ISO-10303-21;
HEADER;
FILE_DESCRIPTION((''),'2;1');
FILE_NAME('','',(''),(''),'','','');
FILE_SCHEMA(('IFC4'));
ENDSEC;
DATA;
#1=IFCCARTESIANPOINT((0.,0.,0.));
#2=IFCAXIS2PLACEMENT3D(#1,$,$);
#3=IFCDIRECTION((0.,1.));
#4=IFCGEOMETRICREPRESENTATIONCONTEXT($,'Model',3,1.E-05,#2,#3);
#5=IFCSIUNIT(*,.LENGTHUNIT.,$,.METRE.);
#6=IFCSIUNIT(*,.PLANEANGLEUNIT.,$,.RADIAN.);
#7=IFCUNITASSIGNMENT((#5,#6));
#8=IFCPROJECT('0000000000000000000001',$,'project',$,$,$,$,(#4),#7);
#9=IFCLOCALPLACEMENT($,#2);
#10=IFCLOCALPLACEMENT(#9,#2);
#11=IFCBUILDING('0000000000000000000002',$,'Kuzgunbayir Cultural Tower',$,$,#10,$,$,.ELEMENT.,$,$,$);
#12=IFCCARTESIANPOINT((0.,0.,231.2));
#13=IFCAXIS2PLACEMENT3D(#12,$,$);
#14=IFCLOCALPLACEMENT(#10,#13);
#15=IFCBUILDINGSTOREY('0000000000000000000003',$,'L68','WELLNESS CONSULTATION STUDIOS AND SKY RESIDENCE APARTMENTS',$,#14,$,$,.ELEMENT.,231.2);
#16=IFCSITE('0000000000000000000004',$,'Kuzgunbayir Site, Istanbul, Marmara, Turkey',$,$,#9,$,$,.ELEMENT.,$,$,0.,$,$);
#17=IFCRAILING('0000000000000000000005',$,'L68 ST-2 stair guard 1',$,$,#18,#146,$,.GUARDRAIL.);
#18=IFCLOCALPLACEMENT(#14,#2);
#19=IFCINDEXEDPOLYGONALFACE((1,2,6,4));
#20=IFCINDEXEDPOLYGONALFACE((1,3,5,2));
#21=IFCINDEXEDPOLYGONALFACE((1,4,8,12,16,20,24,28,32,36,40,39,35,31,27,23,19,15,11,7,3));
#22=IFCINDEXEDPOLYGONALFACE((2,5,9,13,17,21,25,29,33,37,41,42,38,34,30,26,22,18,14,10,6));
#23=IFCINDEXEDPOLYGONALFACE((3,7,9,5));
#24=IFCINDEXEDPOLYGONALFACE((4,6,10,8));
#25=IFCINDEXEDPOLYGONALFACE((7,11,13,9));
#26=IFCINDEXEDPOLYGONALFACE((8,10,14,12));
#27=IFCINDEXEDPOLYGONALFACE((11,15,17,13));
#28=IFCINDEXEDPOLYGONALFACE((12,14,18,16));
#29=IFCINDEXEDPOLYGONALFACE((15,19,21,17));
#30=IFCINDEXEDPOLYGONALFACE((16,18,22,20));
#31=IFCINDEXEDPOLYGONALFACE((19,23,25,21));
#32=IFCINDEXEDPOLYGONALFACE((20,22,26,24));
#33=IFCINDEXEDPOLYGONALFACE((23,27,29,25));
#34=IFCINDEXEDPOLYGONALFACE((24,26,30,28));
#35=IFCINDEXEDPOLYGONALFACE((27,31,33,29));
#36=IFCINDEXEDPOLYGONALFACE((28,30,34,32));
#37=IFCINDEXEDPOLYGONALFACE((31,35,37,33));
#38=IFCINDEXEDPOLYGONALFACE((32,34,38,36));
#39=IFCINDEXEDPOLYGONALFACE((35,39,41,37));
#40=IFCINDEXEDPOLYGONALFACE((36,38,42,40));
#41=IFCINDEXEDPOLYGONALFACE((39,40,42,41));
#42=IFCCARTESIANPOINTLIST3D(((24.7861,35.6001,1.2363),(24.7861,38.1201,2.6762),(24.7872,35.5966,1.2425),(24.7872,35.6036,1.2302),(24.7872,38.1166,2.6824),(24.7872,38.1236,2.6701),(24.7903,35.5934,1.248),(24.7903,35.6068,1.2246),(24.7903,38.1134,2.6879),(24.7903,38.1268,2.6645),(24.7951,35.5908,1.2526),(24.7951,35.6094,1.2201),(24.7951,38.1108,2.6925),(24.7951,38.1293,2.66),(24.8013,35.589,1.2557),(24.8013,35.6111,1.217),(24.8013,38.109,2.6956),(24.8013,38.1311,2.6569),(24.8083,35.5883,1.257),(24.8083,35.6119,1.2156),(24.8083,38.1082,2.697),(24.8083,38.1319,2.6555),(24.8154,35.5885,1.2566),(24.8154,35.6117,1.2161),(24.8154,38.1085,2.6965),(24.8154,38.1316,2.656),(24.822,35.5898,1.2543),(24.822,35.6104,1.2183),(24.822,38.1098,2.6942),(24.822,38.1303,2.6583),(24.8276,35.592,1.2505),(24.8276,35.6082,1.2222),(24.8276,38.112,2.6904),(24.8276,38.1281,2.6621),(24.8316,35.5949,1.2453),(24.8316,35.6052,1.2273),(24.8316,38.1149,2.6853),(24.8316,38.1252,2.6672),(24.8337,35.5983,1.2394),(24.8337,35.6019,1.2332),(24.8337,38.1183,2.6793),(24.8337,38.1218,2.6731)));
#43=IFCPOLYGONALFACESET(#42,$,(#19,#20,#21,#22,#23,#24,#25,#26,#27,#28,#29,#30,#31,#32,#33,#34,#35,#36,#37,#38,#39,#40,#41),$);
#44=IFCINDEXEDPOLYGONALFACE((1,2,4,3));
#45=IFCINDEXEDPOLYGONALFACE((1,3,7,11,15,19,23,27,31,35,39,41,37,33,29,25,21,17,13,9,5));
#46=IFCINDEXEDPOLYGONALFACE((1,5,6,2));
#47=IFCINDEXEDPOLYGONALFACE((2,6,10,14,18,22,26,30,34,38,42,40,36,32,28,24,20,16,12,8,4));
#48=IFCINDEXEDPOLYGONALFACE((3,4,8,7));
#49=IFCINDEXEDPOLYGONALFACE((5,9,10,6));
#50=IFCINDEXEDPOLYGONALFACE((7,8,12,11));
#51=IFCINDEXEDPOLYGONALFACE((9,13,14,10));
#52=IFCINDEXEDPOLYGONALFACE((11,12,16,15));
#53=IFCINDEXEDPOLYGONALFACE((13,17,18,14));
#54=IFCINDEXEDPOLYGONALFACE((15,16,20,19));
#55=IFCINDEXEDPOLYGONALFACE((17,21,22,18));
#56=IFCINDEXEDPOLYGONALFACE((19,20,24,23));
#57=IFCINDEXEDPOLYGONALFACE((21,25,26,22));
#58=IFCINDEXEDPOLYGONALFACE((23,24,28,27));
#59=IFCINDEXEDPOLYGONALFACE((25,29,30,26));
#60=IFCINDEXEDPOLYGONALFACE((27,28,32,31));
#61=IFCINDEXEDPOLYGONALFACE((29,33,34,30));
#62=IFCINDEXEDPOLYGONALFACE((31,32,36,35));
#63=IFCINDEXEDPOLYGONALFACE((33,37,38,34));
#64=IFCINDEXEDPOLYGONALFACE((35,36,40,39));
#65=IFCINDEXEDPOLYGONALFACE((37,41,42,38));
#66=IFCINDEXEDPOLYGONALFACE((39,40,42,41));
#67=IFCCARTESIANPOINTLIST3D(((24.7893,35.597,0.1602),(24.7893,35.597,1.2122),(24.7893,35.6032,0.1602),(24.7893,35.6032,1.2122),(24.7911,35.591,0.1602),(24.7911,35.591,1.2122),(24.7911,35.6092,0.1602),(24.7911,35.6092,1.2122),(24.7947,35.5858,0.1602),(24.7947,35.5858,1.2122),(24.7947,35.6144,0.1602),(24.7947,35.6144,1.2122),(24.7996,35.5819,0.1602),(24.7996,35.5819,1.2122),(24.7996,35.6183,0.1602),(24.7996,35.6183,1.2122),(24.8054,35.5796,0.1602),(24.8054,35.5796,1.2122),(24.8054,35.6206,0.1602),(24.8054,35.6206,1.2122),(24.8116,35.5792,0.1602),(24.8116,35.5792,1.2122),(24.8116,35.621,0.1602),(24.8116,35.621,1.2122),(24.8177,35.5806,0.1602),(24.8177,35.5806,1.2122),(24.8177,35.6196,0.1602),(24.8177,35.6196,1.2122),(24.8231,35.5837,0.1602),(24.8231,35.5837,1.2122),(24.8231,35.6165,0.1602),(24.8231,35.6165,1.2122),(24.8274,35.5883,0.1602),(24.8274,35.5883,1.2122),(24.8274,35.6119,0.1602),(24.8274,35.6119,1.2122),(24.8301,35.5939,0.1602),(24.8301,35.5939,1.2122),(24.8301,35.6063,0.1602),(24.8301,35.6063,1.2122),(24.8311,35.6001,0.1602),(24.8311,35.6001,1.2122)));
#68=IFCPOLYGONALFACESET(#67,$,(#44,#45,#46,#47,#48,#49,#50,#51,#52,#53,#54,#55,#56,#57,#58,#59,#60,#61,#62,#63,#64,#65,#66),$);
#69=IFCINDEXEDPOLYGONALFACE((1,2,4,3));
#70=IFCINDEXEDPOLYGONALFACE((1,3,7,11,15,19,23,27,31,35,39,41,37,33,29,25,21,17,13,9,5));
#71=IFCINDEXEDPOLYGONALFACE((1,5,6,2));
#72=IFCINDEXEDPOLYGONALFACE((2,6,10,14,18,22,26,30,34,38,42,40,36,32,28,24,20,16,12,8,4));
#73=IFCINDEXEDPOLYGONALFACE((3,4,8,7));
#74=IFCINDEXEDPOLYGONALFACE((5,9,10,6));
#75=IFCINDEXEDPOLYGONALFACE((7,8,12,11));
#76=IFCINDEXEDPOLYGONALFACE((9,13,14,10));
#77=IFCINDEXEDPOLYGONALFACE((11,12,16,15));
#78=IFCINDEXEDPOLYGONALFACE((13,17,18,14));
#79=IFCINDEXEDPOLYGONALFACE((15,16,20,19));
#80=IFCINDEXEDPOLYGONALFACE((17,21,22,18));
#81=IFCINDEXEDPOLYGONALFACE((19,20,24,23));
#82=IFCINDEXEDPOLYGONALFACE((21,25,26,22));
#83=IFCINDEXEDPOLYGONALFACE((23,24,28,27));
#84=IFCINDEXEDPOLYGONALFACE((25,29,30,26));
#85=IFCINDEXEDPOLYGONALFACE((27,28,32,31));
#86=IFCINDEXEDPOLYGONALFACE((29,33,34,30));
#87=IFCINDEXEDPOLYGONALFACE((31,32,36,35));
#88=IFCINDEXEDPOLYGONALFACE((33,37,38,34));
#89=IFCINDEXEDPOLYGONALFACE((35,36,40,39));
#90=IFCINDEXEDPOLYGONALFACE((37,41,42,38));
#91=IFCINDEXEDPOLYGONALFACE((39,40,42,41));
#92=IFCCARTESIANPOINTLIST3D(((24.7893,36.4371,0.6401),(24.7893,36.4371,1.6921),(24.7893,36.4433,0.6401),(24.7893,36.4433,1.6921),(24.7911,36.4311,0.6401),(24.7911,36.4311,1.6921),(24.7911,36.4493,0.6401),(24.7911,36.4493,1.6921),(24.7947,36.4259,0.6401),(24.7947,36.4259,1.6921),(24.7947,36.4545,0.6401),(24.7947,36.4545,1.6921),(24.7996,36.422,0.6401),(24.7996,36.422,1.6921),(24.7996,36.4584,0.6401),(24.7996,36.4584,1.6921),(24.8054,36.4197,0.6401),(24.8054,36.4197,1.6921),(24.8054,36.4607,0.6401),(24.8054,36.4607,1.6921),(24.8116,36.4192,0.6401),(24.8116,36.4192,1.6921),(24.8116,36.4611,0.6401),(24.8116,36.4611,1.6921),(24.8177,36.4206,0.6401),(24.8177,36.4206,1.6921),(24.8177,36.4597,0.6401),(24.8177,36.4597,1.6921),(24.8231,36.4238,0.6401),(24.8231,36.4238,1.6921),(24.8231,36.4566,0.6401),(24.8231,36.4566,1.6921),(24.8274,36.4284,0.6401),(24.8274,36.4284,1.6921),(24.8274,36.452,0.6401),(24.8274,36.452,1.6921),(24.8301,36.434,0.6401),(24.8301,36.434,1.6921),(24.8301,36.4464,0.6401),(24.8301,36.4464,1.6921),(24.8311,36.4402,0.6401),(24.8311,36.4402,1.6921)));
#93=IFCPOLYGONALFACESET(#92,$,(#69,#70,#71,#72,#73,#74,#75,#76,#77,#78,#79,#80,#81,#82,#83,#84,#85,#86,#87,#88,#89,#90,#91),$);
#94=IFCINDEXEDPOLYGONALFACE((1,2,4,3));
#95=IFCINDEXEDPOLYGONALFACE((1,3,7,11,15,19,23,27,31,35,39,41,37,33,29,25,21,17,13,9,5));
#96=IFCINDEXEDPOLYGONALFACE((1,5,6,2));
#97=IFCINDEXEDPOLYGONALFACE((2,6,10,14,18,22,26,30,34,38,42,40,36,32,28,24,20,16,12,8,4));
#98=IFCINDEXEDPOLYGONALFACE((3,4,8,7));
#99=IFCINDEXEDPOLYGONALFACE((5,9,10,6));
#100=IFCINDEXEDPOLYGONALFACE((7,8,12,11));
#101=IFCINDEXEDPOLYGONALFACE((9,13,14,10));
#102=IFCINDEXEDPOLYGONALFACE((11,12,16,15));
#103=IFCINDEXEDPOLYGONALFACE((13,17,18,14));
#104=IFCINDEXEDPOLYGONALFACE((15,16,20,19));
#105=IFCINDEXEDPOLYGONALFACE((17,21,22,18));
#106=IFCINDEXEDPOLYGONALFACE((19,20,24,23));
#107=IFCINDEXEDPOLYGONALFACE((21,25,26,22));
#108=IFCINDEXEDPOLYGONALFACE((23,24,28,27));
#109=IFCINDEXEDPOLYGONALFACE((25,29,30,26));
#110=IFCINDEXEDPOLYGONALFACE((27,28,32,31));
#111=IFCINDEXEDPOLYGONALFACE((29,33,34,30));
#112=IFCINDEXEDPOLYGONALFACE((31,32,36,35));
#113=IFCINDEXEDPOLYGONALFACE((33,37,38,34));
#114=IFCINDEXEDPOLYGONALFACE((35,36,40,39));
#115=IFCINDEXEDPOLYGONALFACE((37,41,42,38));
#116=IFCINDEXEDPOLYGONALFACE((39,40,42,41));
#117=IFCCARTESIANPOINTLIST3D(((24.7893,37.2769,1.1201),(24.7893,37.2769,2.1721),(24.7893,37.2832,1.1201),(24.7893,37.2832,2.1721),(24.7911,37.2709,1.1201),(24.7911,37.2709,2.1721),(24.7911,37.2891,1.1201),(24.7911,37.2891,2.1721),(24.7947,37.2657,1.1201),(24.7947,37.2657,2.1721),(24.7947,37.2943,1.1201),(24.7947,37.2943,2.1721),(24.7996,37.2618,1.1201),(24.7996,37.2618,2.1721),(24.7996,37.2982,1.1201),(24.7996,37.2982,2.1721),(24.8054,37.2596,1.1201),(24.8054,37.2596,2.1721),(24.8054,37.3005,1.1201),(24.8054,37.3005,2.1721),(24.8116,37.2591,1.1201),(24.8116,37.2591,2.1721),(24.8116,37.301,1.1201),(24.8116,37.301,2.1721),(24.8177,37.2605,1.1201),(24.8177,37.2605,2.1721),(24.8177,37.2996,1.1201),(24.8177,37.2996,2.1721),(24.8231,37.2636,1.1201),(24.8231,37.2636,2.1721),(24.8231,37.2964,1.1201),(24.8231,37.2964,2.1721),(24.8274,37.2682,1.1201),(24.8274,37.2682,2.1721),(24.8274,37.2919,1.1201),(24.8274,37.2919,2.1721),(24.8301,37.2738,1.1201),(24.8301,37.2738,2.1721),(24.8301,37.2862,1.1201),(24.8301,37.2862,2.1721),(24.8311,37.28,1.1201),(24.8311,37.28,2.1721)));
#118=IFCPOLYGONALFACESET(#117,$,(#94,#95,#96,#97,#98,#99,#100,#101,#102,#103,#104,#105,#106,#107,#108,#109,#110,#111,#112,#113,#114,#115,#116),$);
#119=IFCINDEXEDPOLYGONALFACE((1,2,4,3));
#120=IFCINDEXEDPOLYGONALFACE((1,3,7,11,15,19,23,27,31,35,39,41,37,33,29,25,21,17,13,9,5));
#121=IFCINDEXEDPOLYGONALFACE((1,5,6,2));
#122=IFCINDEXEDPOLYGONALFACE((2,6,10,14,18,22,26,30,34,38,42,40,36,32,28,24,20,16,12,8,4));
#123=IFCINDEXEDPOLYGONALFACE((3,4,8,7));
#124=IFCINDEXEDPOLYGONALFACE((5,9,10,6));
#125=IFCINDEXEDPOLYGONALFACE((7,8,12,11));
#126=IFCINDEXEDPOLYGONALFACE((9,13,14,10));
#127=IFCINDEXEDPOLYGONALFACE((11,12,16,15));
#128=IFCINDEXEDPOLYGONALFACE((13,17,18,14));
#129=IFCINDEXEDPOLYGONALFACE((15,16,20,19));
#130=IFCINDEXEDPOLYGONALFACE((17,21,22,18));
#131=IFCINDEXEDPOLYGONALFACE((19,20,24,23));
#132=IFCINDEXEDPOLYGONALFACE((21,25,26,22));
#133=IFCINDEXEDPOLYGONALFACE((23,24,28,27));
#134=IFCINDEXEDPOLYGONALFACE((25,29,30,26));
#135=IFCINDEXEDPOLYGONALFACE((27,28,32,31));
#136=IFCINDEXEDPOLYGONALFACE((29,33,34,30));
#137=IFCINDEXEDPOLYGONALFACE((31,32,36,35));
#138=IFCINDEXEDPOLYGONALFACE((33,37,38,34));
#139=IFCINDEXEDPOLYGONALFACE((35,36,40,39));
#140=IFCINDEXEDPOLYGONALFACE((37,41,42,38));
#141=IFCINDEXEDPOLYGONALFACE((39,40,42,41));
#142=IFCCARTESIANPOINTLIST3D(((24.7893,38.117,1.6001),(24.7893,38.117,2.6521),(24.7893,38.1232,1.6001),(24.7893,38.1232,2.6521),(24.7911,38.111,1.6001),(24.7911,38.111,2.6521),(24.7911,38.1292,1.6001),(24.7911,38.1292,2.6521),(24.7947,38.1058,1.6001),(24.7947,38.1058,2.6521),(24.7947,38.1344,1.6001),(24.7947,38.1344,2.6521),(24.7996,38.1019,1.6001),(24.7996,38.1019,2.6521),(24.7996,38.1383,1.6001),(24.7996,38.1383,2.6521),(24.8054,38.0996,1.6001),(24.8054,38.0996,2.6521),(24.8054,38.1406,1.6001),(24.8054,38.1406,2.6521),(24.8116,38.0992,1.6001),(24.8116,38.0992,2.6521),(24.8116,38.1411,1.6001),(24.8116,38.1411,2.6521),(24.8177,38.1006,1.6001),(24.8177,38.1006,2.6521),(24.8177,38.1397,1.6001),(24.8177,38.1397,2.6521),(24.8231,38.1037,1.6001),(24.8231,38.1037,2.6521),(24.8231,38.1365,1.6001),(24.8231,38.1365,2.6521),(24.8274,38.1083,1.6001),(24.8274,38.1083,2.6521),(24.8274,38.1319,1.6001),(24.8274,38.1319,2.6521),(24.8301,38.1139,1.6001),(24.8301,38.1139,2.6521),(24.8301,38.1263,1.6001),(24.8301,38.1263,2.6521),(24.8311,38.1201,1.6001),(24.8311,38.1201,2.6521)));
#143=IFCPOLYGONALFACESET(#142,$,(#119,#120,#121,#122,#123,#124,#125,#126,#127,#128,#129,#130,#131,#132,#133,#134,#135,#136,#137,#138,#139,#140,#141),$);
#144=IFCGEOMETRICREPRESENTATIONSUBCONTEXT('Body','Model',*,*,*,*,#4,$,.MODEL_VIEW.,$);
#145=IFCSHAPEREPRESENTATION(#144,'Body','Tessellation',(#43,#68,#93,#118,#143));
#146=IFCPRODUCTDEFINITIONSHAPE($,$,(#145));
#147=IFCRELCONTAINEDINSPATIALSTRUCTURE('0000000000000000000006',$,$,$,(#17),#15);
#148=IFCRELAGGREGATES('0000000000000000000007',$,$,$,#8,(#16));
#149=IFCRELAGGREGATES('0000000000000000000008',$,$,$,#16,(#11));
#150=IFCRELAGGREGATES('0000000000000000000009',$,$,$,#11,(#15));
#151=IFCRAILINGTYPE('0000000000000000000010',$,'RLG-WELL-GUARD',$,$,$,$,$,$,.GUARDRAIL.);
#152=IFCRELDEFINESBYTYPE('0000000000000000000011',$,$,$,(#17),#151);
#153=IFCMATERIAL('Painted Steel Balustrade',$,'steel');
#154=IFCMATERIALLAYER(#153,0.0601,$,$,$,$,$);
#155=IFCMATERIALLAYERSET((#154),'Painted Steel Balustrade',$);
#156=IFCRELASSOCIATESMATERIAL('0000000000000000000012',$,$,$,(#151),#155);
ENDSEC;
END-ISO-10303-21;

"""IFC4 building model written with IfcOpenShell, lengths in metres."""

from ifc_helpers import new_model, si_unit, direction, frame, origin, origin_2d, place, context, subcontext, project, spatial, circle, extrude, material, layer, layer_set, type_object, element, save


model = new_model("IFC4")

# Units and contexts
model_context = context("Model", 3, precision=1e-05, world=origin(), true_north=direction((0.0, 1.0)))
body_context = subcontext(model_context, "Body", "Model", "MODEL_VIEW")
ifc_project = project(units=[si_unit("LENGTHUNIT", "METRE"), si_unit("PLANEANGLEUNIT", "RADIAN")], contexts=[model_context])

# Site, building, storey
site_placement = place(None, origin())
site = spatial("IfcSite", under=ifc_project, at=site_placement, Name="Kuzgunbayir Site, Istanbul, Marmara, Turkey", CompositionType="ELEMENT", RefElevation=0.0)
building_placement = place(site_placement, origin())
building = spatial("IfcBuilding", under=site, at=building_placement, Name="Kuzgunbayir Cultural Tower", CompositionType="ELEMENT")
storey_placement = place(building_placement, frame((0.0, 0.0, 231.2)))
storey = spatial("IfcBuildingStorey", under=building, at=storey_placement, Name="L68", Description="WELLNESS CONSULTATION STUDIOS AND SKY RESIDENCE APARTMENTS", CompositionType="ELEMENT", Elevation=231.2)

# Railing
ifc_material_1 = material(Name="Painted Steel Balustrade", Category="steel")
ifc_layer_1 = layer(ifc_material_1, 0.0601)
ifc_layer_set_1 = layer_set([ifc_layer_1], Name="Painted Steel Balustrade")
railing_type_1 = type_object("IfcRailingType", Name="RLG-WELL-GUARD", PredefinedType="GUARDRAIL", material=ifc_layer_set_1)
railing_1_placement = place(storey_placement, frame((24.8101, 35.6001, 0.1602)))
element("IfcRailing", 1, at=railing_1_placement, inside=storey, type_object=railing_type_1, Name="L68 ST-2 stair guard 1", PredefinedType="GUARDRAIL", context=body_context, shape_type="SweptSolid", body=[
    extrude(circle(Radius=0.0239, at=origin_2d()), frame((0.0, 0.0, 1.0762), z_axis=(0.0, 0.868253, 0.496121), x_axis=(-1.0, 0.0, 0.0)), (0.0, 0.0, 1.0), 2.9023),
    extrude(circle(Radius=0.021, at=origin_2d()), origin(), (0.0, 0.0, 1.0), 1.052),
    extrude(circle(Radius=0.021, at=origin_2d()), frame((0.0, 0.8401, 0.48)), (0.0, 0.0, 1.0), 1.052),
    extrude(circle(Radius=0.021, at=origin_2d()), frame((0.0, 1.6799, 0.96)), (0.0, 0.0, 1.0), 1.052),
    extrude(circle(Radius=0.021, at=origin_2d()), frame((0.0, 2.52, 1.4399)), (0.0, 0.0, 1.0), 1.052),
])

save(model, "model.ifc")
